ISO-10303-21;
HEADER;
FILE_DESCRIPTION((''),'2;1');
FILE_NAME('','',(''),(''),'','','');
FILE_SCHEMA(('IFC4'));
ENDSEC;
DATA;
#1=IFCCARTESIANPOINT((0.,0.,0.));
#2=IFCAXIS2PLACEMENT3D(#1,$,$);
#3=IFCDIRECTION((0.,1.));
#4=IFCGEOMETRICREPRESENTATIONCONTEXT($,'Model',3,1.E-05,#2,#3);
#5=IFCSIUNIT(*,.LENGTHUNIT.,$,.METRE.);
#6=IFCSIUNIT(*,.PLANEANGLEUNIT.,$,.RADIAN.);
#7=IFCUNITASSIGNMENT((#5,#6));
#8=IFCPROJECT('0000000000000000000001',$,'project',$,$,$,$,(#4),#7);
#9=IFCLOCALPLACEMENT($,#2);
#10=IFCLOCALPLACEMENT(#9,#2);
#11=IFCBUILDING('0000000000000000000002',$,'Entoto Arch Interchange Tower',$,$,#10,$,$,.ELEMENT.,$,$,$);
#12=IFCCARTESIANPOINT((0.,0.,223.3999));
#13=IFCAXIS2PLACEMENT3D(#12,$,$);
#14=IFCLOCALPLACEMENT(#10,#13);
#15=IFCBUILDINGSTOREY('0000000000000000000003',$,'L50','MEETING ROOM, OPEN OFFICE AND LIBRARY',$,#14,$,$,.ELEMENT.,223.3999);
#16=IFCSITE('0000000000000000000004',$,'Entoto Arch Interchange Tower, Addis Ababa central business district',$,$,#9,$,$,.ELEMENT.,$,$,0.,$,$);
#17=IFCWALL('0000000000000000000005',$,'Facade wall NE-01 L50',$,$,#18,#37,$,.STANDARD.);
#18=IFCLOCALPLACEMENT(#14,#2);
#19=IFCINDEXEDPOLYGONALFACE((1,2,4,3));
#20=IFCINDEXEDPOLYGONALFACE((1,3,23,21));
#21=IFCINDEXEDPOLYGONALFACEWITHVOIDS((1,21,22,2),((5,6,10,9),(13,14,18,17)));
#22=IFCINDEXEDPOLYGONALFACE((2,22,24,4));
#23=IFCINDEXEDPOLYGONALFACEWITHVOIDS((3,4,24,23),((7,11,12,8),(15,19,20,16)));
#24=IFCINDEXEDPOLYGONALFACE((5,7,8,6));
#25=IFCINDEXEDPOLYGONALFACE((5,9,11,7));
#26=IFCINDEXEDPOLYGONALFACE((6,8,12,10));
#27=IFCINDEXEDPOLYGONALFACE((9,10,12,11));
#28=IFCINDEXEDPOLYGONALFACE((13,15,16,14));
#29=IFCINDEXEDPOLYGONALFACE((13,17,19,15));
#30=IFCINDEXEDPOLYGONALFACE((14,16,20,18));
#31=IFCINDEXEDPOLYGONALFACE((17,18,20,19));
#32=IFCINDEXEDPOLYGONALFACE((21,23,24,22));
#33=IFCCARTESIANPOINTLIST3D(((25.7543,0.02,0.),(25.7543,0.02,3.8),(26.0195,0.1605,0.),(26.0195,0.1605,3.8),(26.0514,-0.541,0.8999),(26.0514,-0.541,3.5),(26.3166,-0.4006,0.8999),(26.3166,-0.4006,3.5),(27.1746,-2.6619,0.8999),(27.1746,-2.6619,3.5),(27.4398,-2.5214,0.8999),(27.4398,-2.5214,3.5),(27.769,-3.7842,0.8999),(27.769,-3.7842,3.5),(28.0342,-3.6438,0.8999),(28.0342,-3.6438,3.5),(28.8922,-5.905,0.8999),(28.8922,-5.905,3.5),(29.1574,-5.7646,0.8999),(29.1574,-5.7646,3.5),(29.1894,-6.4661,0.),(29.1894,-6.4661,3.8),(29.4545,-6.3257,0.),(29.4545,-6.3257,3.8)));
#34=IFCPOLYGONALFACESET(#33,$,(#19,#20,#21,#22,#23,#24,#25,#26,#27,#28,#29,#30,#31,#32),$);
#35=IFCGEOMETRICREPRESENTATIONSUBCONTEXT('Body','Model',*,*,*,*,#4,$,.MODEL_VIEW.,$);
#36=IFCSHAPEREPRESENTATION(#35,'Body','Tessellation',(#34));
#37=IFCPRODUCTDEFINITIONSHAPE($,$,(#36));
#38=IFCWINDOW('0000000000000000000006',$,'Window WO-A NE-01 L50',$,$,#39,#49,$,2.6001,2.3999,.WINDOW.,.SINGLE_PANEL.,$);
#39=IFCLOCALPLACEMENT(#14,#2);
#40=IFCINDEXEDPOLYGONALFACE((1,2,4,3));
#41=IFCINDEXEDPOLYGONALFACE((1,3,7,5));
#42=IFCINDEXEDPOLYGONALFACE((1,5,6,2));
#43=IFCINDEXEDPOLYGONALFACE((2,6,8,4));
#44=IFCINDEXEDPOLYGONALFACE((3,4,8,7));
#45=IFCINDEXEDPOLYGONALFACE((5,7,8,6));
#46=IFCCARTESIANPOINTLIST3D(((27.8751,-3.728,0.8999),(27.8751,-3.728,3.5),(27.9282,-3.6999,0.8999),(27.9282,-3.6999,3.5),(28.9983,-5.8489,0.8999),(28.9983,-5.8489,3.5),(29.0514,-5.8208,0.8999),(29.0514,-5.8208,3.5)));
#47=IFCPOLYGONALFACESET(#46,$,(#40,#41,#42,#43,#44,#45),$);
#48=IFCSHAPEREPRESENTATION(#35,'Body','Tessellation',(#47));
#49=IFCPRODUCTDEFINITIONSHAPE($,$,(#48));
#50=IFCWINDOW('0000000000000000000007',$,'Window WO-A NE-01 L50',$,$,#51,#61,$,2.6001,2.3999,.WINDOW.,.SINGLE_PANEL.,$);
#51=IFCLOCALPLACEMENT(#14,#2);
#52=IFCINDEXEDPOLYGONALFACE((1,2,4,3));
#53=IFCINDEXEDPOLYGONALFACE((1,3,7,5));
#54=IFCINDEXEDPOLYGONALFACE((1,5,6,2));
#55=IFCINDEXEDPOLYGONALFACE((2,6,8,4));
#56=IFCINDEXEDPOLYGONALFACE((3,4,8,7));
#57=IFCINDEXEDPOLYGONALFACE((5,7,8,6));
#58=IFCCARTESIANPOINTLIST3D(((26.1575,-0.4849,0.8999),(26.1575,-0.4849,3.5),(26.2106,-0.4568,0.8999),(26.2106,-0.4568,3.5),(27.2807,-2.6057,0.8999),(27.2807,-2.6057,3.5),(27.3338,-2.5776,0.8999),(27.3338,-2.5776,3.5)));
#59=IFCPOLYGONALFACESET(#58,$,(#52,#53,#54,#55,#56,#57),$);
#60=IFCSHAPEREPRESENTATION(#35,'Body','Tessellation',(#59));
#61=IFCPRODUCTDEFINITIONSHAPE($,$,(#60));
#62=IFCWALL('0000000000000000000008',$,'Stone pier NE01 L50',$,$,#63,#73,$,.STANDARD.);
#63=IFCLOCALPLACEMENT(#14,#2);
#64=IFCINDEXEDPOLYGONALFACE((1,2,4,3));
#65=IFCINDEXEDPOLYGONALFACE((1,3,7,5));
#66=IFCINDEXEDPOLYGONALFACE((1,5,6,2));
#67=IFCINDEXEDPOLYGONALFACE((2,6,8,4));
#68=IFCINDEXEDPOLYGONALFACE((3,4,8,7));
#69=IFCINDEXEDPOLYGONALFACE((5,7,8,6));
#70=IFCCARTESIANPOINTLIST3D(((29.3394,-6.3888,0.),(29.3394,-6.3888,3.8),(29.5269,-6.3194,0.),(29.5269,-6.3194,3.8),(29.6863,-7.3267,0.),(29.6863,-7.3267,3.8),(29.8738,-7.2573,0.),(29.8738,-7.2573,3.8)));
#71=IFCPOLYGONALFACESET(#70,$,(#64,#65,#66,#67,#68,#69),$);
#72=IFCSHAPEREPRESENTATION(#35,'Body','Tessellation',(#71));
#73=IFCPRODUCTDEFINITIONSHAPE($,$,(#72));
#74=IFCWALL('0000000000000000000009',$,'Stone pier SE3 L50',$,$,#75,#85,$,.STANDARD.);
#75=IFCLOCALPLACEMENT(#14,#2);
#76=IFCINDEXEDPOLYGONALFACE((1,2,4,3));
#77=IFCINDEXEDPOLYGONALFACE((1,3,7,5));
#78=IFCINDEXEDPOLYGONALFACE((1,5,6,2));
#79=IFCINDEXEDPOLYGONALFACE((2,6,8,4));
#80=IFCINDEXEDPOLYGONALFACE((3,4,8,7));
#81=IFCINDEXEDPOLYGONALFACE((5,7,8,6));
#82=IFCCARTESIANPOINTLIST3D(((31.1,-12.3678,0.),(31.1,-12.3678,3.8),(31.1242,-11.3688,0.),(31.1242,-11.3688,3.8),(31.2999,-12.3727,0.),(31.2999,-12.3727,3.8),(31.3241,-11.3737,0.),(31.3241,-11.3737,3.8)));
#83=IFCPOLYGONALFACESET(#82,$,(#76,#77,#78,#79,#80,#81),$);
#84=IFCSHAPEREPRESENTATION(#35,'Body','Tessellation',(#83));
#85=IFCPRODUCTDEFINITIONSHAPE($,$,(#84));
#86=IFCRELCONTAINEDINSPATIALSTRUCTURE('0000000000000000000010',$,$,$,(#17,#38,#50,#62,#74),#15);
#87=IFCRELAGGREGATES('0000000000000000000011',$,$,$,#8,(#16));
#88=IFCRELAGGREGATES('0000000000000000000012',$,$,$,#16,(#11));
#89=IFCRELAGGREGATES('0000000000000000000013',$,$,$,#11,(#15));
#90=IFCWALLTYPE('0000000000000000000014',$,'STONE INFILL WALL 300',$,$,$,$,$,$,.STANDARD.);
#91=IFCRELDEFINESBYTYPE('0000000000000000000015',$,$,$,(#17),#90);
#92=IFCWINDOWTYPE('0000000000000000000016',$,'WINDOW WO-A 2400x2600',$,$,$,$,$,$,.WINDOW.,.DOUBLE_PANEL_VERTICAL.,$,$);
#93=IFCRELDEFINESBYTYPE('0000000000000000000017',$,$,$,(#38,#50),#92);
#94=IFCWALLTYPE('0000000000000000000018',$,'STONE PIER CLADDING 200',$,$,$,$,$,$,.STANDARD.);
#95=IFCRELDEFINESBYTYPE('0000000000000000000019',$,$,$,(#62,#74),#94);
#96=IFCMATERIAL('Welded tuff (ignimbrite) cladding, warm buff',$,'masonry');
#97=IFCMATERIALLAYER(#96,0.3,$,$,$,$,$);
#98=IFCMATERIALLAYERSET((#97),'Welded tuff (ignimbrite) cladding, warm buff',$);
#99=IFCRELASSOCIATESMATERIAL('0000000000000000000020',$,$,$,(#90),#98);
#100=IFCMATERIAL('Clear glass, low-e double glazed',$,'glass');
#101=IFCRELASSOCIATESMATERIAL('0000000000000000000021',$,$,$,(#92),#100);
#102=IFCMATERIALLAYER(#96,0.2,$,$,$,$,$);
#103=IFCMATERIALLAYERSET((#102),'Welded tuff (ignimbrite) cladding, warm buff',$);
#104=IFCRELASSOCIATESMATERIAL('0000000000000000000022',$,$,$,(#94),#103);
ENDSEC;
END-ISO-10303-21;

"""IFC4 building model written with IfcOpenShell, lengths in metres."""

from ifc_helpers import new_model, si_unit, direction, frame, frame_2d, origin, place, context, subcontext, project, spatial, rectangle, extrude, material, layer, layer_set, type_object, element, fill, save


model = new_model("IFC4")

# Units and contexts
model_context = context("Model", 3, precision=1e-05, world=origin(), true_north=direction((0.0, 1.0)))
body_context = subcontext(model_context, "Body", "Model", "MODEL_VIEW")
ifc_project = project(units=[si_unit("LENGTHUNIT", "METRE"), si_unit("PLANEANGLEUNIT", "RADIAN")], contexts=[model_context])

# Site, building, storey
site_placement = place(None, origin())
site = spatial("IfcSite", under=ifc_project, at=site_placement, Name="Entoto Arch Interchange Tower, Addis Ababa central business district", CompositionType="ELEMENT", RefElevation=0.0)
building_placement = place(site_placement, origin())
building = spatial("IfcBuilding", under=site, at=building_placement, Name="Entoto Arch Interchange Tower", CompositionType="ELEMENT")
storey_placement = place(building_placement, frame((0.0, 0.0, 223.3999)))
storey = spatial("IfcBuildingStorey", under=building, at=storey_placement, Name="L50", Description="MEETING ROOM, OPEN OFFICE AND LIBRARY", CompositionType="ELEMENT", Elevation=223.3999)

# Shared definitions
ifc_material_1 = material(Name="Welded tuff (ignimbrite) cladding, warm buff", Category="masonry")
ifc_layer_1 = layer(ifc_material_1, 0.3)
ifc_layer_set_1 = layer_set([ifc_layer_1], Name="Welded tuff (ignimbrite) cladding, warm buff")
wall_type_1 = type_object("IfcWallType", Name="STONE INFILL WALL 300", PredefinedType="STANDARD", material=ifc_layer_set_1)
ifc_material_2 = material(Name="Clear glass, low-e double glazed", Category="glass")

# Wall, openings, windows
wall_1_placement = place(storey_placement, frame((29.322, -6.396, 0.0), z_axis=(0.0, 0.0, 1.0), x_axis=(-0.468021, 0.883718, 0.0)))
wall_1 = element("IfcWall", 1, at=wall_1_placement, inside=storey, type_object=wall_type_1, Name="Facade wall NE-01 L50", PredefinedType="STANDARD", context=body_context, shape_type="SweptSolid", body=[
    extrude(rectangle(XDim=7.3396, YDim=0.3, at=frame_2d((3.6699, 0.0))), origin(), (0.0, 0.0, 1.0), 3.8),
])
opening_1_placement = place(wall_1_placement, frame((0.635, 0.0, 0.8999)))
opening_1 = element("IfcOpeningElement", 2, at=opening_1_placement, cuts=wall_1, PredefinedType="OPENING", context=body_context, shape_type="SweptSolid", body=[
    extrude(rectangle(XDim=2.3999, YDim=2.6001, at=frame_2d((1.2, 1.3))), frame((0.0, 0.1602, 0.0), z_axis=(0.0, -1.0, 0.0), x_axis=(1.0, 0.0, 0.0)), (0.0, 0.0, 1.0), 0.3201),
])
opening_2_placement = place(wall_1_placement, frame((4.3049, 0.0, 0.8999)))
opening_2 = element("IfcOpeningElement", 3, at=opening_2_placement, cuts=wall_1, PredefinedType="OPENING", context=body_context, shape_type="SweptSolid", body=[
    extrude(rectangle(XDim=2.3999, YDim=2.6001, at=frame_2d((1.2, 1.3))), frame((0.0, 0.1602, 0.0), z_axis=(0.0, -1.0, 0.0), x_axis=(1.0, 0.0, 0.0)), (0.0, 0.0, 1.0), 0.3201),
])
window_type_1 = type_object("IfcWindowType", Name="WINDOW WO-A 2400x2600", PartitioningType="DOUBLE_PANEL_VERTICAL", PredefinedType="WINDOW", material=ifc_material_2)
window_1_placement = place(opening_1_placement, origin())
window_1 = element("IfcWindow", 4, at=window_1_placement, inside=storey, type_object=window_type_1, Name="Window WO-A NE-01 L50", OverallHeight=2.6001, OverallWidth=2.3999, PartitioningType="SINGLE_PANEL", PredefinedType="WINDOW", context=body_context, shape_type="SweptSolid", body=[
    extrude(rectangle(XDim=2.3999, YDim=2.6001, at=frame_2d((1.2, 1.3))), frame((0.0, 0.03, 0.0), z_axis=(0.0, -1.0, 0.0), x_axis=(1.0, 0.0, 0.0)), (0.0, 0.0, 1.0), 0.0601),
])
fill(opening_1, window_1)
window_2_placement = place(opening_2_placement, origin())
window_2 = element("IfcWindow", 5, at=window_2_placement, inside=storey, type_object=window_type_1, Name="Window WO-A NE-01 L50", OverallHeight=2.6001, OverallWidth=2.3999, PartitioningType="SINGLE_PANEL", PredefinedType="WINDOW", context=body_context, shape_type="SweptSolid", body=[
    extrude(rectangle(XDim=2.3999, YDim=2.6001, at=frame_2d((1.2, 1.3))), frame((0.0, 0.03, 0.0), z_axis=(0.0, -1.0, 0.0), x_axis=(1.0, 0.0, 0.0)), (0.0, 0.0, 1.0), 0.0601),
])
fill(opening_2, window_2)

# Walls
ifc_layer_2 = layer(ifc_material_1, 0.2)
ifc_layer_set_2 = layer_set([ifc_layer_2], Name="Welded tuff (ignimbrite) cladding, warm buff")
wall_type_2 = type_object("IfcWallType", Name="STONE PIER CLADDING 200", PredefinedType="STANDARD", material=ifc_layer_set_2)
wall_2_placement = place(storey_placement, frame((29.78, -7.292, 0.0), z_axis=(0.0, 0.0, 1.0), x_axis=(-0.346893, 0.937905, 0.0)))
element("IfcWall", 6, at=wall_2_placement, inside=storey, type_object=wall_type_2, Name="Stone pier NE01 L50", PredefinedType="STANDARD", context=body_context, shape_type="SweptSolid", body=[
    extrude(rectangle(XDim=1.0, YDim=0.2, at=frame_2d((0.5, 0.0))), origin(), (0.0, 0.0, 1.0), 3.8),
])
wall_3_placement = place(storey_placement, frame((31.2, -12.3701, 0.0), z_axis=(0.0, 0.0, 1.0), x_axis=(0.024186, 0.999707, 0.0)))
element("IfcWall", 7, at=wall_3_placement, inside=storey, type_object=wall_type_2, Name="Stone pier SE3 L50", PredefinedType="STANDARD", context=body_context, shape_type="SweptSolid", body=[
    extrude(rectangle(XDim=0.9993, YDim=0.2, at=frame_2d((0.4995, 0.0))), origin(), (0.0, 0.0, 1.0), 3.8),
])

save(model, "model.ifc")
